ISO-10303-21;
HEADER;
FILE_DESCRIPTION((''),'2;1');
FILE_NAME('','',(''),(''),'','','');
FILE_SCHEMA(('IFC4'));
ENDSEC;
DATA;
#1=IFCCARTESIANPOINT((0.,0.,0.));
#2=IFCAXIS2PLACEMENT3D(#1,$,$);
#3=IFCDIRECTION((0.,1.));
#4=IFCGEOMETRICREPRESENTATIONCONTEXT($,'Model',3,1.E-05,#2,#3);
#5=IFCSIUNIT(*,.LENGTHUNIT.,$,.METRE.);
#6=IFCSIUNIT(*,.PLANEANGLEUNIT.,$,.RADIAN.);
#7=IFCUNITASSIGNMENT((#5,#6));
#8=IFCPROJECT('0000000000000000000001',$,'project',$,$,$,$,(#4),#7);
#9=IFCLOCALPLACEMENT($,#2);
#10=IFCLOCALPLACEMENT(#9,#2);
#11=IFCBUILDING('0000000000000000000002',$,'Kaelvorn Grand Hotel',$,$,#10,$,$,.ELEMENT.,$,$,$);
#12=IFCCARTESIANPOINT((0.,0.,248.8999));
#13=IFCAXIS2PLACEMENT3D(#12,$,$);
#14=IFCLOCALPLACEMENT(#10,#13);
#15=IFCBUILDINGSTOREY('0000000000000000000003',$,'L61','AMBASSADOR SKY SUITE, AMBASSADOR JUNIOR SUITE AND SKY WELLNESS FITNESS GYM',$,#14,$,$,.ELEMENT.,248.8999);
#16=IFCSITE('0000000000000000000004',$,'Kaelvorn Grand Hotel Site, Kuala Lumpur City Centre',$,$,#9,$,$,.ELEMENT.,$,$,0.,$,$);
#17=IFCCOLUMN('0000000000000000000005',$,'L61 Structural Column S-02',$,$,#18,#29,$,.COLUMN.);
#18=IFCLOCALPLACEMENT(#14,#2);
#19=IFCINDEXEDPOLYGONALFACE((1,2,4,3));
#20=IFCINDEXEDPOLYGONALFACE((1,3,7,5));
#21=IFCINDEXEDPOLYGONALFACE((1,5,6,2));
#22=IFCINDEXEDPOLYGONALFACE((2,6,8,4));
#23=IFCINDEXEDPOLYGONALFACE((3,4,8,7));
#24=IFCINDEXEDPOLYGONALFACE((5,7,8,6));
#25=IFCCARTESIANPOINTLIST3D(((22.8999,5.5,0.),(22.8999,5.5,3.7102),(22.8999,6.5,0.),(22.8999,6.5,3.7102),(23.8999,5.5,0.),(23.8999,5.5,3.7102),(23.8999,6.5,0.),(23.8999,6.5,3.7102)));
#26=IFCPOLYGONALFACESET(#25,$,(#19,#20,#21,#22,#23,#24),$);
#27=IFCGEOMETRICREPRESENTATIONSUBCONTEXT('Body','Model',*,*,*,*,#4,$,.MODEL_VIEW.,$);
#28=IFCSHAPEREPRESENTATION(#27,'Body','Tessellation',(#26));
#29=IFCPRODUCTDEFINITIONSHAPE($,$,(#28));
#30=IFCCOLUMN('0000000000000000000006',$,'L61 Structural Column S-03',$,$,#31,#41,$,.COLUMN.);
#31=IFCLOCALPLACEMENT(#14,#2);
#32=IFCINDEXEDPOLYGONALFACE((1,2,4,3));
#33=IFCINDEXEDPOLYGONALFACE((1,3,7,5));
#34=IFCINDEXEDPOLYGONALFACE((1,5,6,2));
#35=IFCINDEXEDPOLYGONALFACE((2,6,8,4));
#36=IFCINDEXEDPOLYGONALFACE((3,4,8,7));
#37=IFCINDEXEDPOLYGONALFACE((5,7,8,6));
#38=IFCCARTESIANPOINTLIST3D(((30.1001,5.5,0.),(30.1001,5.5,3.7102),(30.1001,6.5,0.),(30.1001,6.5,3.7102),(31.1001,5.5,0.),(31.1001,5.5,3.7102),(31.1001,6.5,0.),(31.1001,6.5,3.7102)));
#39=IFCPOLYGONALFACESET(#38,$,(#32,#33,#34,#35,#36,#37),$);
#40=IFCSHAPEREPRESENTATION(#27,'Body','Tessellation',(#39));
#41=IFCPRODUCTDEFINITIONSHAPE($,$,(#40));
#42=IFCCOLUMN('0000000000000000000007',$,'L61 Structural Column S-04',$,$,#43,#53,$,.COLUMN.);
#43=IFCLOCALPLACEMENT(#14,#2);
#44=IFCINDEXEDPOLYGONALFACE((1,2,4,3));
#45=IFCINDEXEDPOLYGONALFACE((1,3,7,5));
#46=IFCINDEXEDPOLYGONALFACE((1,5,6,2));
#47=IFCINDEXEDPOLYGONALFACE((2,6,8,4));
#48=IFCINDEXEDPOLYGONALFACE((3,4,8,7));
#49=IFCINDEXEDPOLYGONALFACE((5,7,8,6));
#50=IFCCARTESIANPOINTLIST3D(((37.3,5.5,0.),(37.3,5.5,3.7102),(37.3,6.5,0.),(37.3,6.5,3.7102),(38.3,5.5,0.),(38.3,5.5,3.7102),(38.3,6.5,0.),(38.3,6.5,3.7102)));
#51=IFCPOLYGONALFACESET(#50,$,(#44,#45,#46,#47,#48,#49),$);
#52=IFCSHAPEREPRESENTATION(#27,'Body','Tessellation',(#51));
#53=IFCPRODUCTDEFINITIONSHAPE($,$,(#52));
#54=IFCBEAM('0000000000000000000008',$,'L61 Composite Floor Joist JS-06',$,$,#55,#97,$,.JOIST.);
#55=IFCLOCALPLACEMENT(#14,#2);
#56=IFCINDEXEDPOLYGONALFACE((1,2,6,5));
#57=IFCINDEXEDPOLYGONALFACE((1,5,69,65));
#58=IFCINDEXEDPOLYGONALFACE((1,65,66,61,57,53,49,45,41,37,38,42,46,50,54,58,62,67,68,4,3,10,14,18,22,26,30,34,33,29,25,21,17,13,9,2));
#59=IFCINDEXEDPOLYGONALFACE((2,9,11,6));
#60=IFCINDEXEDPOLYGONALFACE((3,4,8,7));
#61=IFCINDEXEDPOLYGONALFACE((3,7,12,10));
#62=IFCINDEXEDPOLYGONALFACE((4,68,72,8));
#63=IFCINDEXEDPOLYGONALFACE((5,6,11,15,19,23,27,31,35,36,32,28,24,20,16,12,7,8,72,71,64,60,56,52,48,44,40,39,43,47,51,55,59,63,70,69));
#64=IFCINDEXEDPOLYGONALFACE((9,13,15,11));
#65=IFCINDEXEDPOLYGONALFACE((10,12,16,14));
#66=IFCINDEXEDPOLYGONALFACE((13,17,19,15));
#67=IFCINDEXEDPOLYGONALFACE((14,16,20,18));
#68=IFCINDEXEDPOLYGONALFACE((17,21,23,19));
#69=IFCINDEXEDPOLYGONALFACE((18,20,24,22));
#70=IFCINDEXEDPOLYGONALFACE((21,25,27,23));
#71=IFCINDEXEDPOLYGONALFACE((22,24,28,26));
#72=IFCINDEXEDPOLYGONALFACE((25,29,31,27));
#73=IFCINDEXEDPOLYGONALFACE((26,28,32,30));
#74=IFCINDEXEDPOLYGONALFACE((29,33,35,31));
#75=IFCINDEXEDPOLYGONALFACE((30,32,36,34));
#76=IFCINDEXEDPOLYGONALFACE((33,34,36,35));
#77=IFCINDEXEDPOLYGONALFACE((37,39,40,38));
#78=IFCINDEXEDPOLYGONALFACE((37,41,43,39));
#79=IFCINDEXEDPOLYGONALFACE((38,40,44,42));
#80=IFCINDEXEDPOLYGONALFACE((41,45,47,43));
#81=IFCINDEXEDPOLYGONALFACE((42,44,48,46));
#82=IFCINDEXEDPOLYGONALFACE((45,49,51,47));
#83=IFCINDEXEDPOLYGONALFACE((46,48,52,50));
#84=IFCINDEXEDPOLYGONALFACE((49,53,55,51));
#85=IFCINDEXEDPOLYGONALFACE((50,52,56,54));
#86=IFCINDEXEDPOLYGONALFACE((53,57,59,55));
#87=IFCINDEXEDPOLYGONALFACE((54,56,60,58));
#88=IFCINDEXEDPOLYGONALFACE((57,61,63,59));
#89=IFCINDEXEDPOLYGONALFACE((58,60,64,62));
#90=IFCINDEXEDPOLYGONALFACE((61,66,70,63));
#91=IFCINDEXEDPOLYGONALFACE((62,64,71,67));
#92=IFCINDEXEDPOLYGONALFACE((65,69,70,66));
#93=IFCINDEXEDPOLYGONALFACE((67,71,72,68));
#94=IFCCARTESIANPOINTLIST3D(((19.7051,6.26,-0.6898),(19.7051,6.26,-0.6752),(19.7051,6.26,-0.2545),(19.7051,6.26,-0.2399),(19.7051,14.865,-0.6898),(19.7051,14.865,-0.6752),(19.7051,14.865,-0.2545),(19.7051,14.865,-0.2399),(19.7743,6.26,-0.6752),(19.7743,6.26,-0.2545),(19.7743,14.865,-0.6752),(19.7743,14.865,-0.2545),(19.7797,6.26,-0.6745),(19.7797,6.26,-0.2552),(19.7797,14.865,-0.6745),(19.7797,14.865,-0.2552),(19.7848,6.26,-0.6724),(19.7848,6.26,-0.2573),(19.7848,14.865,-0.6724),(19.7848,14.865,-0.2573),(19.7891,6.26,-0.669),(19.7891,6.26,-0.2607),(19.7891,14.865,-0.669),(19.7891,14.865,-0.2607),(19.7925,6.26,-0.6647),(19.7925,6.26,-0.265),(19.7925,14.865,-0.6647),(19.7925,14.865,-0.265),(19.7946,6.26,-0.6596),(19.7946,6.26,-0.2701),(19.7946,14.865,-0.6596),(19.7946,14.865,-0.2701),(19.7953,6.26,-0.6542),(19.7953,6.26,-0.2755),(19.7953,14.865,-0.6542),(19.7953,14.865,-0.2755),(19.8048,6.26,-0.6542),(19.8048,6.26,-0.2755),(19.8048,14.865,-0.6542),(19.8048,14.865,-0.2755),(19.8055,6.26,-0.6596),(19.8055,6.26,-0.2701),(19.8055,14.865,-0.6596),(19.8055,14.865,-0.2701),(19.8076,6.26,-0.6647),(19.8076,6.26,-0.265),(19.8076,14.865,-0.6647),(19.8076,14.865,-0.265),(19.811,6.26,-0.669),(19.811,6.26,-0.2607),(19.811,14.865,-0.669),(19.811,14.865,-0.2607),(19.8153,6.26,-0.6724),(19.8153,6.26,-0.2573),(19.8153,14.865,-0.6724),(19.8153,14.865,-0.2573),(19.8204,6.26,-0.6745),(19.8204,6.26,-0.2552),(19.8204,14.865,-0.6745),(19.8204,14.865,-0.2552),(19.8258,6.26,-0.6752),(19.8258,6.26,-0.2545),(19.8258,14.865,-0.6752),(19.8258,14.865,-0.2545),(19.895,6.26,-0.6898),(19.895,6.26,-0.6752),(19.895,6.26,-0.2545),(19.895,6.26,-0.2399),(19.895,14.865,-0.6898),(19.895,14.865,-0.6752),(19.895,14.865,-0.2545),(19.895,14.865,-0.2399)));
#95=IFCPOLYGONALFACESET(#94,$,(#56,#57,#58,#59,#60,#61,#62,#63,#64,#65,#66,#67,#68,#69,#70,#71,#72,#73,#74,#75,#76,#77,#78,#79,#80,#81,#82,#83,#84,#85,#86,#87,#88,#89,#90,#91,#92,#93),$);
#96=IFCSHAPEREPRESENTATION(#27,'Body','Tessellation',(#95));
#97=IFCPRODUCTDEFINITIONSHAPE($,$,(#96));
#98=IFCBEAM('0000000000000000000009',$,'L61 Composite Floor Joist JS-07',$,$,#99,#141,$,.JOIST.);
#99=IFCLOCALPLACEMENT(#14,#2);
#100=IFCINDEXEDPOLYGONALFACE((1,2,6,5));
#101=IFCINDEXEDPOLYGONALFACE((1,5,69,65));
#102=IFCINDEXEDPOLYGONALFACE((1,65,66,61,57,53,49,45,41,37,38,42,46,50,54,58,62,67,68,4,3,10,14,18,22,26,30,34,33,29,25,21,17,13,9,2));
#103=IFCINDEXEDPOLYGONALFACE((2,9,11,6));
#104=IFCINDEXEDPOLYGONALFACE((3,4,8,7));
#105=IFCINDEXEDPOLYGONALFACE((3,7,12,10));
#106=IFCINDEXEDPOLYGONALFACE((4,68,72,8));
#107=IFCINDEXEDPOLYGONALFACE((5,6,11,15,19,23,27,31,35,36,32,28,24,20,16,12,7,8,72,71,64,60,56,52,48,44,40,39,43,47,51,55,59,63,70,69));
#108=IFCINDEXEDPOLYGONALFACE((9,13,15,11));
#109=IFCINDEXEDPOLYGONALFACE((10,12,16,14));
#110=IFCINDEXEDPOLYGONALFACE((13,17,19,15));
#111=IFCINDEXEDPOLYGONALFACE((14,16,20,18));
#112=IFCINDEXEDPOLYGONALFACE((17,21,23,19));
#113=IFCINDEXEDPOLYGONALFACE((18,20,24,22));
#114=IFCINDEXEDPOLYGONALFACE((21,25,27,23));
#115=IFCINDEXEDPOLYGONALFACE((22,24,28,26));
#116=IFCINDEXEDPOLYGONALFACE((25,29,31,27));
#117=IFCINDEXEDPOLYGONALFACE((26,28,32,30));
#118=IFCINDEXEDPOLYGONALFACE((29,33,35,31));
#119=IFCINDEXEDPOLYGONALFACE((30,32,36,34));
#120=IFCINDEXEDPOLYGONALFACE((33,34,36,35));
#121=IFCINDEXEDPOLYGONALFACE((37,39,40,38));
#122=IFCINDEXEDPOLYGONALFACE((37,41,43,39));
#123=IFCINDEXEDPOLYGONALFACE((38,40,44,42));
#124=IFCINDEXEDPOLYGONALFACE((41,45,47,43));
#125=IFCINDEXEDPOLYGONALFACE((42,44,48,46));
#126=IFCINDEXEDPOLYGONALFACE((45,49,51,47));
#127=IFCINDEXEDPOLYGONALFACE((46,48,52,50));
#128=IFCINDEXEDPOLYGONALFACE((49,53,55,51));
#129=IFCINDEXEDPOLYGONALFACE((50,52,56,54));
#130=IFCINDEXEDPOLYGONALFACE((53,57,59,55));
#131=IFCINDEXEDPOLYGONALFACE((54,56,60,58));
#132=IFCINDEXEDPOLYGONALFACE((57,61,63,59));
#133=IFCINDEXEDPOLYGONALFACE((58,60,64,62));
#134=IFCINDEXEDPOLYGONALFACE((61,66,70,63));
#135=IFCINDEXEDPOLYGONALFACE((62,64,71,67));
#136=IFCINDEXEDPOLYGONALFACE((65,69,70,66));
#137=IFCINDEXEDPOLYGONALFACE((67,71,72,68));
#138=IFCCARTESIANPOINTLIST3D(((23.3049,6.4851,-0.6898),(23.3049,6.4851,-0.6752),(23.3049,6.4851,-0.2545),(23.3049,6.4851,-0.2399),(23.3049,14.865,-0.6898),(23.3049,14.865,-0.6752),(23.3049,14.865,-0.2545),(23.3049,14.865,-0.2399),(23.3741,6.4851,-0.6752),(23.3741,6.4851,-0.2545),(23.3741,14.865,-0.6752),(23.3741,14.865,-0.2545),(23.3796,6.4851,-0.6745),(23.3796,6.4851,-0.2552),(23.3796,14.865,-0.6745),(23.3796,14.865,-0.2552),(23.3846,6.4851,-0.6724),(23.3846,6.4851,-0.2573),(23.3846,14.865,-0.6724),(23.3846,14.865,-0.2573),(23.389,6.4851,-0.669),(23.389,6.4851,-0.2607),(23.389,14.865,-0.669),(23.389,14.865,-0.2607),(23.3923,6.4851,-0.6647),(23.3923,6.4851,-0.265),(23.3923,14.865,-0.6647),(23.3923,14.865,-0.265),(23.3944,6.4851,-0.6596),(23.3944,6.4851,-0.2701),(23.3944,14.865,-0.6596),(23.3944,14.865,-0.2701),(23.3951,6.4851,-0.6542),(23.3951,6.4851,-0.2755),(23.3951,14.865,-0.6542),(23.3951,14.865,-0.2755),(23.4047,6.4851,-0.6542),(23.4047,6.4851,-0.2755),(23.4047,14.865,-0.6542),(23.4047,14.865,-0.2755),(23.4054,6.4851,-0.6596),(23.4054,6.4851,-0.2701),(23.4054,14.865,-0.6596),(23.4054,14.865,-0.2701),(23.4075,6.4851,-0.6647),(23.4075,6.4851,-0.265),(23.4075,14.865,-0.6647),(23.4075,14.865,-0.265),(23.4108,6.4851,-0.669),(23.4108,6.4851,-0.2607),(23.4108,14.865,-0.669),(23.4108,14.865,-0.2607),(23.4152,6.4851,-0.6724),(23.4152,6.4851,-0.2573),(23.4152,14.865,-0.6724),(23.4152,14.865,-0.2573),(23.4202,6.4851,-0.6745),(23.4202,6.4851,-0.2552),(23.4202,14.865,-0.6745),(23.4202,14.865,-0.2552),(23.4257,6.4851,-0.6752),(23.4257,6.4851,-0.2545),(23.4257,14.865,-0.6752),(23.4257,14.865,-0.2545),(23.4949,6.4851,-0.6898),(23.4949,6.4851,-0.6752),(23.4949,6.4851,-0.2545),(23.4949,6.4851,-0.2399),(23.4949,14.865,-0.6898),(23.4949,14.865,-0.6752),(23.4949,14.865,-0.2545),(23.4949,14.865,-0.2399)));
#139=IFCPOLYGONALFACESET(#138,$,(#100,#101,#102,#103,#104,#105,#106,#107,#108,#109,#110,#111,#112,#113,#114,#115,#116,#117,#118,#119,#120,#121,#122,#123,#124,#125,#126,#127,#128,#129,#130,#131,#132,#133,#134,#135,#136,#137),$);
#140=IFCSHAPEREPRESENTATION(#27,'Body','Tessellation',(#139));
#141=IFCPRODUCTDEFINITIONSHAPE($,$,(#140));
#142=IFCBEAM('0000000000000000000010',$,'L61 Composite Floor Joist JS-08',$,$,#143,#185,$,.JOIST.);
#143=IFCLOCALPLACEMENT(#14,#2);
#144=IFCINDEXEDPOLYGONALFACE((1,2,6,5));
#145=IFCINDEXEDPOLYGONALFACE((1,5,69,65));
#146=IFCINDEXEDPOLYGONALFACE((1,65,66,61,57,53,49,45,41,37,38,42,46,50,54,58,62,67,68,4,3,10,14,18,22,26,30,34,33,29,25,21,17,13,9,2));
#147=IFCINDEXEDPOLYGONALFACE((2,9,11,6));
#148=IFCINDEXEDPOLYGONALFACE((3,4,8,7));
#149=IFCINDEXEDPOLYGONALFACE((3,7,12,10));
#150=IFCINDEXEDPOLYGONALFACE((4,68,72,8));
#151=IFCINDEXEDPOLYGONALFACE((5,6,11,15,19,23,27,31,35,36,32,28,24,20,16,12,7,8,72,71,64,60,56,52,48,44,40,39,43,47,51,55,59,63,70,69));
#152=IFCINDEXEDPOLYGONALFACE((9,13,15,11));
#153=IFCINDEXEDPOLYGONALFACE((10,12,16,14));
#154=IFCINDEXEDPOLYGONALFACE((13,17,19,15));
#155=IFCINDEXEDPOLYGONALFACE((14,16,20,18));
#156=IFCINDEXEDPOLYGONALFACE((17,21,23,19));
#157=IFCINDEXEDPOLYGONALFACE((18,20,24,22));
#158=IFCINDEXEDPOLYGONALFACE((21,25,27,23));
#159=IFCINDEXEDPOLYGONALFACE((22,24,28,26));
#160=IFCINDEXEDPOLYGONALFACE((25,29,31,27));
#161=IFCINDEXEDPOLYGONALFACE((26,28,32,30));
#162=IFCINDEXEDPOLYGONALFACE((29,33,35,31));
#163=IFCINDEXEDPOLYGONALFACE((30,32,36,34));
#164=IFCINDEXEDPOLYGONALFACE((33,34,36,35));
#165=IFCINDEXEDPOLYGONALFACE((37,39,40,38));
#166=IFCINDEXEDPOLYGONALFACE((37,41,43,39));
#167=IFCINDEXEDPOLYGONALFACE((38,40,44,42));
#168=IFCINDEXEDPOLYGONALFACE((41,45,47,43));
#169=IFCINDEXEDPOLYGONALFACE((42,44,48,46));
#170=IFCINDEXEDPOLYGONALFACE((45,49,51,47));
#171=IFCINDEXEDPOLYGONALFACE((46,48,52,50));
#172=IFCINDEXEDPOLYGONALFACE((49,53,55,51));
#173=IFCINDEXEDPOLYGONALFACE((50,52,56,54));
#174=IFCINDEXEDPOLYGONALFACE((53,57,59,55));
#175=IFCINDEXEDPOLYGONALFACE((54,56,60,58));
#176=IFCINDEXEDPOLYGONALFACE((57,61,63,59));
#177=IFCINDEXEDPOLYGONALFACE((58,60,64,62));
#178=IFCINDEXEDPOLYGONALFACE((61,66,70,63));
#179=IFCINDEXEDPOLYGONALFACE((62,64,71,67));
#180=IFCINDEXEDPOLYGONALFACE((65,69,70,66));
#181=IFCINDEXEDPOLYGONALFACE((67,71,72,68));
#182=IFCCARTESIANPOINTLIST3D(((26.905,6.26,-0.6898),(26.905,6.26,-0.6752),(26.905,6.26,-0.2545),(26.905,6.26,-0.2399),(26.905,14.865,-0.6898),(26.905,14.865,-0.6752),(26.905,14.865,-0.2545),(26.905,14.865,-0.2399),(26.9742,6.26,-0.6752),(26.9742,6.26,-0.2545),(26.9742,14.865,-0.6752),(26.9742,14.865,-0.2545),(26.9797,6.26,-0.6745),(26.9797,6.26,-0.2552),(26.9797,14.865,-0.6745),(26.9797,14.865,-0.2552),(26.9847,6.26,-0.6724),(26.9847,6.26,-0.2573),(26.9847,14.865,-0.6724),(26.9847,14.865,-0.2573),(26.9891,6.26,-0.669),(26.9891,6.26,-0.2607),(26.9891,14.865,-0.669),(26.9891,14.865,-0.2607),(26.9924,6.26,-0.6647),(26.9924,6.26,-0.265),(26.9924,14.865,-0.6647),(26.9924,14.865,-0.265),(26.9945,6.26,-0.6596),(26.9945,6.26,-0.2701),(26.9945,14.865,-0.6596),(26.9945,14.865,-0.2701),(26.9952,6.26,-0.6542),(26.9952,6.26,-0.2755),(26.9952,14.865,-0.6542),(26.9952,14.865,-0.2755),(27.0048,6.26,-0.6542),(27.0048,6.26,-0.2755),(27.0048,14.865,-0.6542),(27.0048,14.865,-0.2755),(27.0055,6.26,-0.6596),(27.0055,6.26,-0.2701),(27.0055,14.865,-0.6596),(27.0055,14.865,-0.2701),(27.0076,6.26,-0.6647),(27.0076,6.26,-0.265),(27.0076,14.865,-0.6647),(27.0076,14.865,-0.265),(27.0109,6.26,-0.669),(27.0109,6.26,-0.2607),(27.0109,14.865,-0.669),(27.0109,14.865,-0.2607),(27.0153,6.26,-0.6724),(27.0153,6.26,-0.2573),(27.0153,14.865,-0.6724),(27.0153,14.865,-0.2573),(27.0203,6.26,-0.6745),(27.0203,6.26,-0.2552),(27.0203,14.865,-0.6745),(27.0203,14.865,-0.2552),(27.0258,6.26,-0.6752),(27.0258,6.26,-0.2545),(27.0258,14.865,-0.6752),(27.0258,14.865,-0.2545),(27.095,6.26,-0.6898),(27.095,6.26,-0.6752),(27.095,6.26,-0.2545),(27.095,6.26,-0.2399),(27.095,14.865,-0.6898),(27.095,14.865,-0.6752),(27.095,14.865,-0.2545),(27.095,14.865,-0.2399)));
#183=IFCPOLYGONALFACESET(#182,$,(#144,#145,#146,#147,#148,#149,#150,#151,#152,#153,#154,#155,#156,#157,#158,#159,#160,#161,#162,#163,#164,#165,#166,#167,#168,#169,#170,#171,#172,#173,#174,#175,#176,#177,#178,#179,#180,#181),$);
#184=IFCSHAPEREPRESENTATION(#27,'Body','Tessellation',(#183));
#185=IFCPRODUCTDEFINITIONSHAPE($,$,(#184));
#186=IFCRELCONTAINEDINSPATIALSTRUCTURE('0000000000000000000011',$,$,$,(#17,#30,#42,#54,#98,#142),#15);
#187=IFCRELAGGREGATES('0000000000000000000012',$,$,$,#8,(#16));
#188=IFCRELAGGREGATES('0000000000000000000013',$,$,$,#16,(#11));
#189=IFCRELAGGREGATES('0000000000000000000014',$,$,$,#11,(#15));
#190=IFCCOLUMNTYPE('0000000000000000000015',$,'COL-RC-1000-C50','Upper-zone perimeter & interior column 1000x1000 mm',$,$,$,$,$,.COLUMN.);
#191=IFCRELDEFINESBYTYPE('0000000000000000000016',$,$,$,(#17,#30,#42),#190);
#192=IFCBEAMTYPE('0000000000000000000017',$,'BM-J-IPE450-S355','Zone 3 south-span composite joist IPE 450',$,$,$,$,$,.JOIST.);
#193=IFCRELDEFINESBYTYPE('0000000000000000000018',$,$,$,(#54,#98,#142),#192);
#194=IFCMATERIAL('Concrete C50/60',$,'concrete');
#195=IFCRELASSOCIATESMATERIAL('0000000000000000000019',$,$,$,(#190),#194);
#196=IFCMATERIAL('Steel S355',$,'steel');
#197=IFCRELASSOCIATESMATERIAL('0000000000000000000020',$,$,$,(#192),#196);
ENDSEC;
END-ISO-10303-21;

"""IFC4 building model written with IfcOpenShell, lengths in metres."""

from ifc_helpers import new_model, si_unit, direction, frame, origin, origin_2d, place, context, subcontext, project, spatial, rectangle, i_section, extrude, material, material_profile, profile_set, type_object, element, save


model = new_model("IFC4")

# Units and contexts
model_context = context("Model", 3, precision=1e-05, world=origin(), true_north=direction((0.0, 1.0)))
body_context = subcontext(model_context, "Body", "Model", "MODEL_VIEW")
ifc_project = project(units=[si_unit("LENGTHUNIT", "METRE"), si_unit("PLANEANGLEUNIT", "RADIAN")], contexts=[model_context])

# Site, building, storey
site_placement = place(None, origin())
site = spatial("IfcSite", under=ifc_project, at=site_placement, Name="Kaelvorn Grand Hotel Site, Kuala Lumpur City Centre", CompositionType="ELEMENT", RefElevation=0.0)
building_placement = place(site_placement, origin())
building = spatial("IfcBuilding", under=site, at=building_placement, Name="Kaelvorn Grand Hotel", CompositionType="ELEMENT")
storey_placement = place(building_placement, frame((0.0, 0.0, 248.8999)))
storey = spatial("IfcBuildingStorey", under=building, at=storey_placement, Name="L61", Description="AMBASSADOR SKY SUITE, AMBASSADOR JUNIOR SUITE AND SKY WELLNESS FITNESS GYM", CompositionType="ELEMENT", Elevation=248.8999)

# Columns
ifc_material_1 = material(Name="Concrete C50/60", Category="concrete")
ifc_material_profile_1 = material_profile(ifc_material_1, rectangle(XDim=1.0, YDim=1.0, at=origin_2d()), Name="RC COL 1000x1000")
ifc_profile_set_1 = profile_set([ifc_material_profile_1], Name="Concrete C50/60")
column_type = type_object("IfcColumnType", Name="COL-RC-1000-C50", Description="Upper-zone perimeter & interior column 1000x1000 mm", PredefinedType="COLUMN", material=ifc_profile_set_1)
for number, where, z_axis, x_axis, name in (
    (1, (23.3999, 6.0, 0.0), (0.0, 0.0, 1.0), (1.0, 0.0, 0.0), "L61 Structural Column S-02"),
    (2, (30.6001, 6.0, 0.0), (0.0, 0.0, 1.0), (1.0, 0.0, 0.0), "L61 Structural Column S-03"),
    (3, (37.8, 6.0, 0.0), (0.0, 0.0, 1.0), (1.0, 0.0, 0.0), "L61 Structural Column S-04"),
):
    element("IfcColumn", number, at=place(storey_placement, frame(where, z_axis=z_axis, x_axis=x_axis)), inside=storey, type_object=column_type, Name=name, PredefinedType="COLUMN", context=body_context, shape_type="SweptSolid", body=[
        extrude(rectangle(XDim=1.0, YDim=1.0, at=origin_2d()), origin(), (0.0, 0.0, 1.0), 3.7102),
    ])

# Beams
ifc_material_2 = material(Name="Steel S355", Category="steel")
ifc_material_profile_2 = material_profile(ifc_material_2, i_section(OverallWidth=0.1899, OverallDepth=0.45, WebThickness=0.0095, FlangeThickness=0.0146, FilletRadius=0.021, at=origin_2d()), Name="IPE 450")
ifc_profile_set_2 = profile_set([ifc_material_profile_2], Name="Steel S355")
beam_type_1 = type_object("IfcBeamType", Name="BM-J-IPE450-S355", Description="Zone 3 south-span composite joist IPE 450", PredefinedType="JOIST", material=ifc_profile_set_2)
beam_1_placement = place(storey_placement, frame((19.8, 6.26, -0.4648), z_axis=(0.0, 1.0, 0.0), x_axis=(-1.0, 0.0, 0.0)))
element("IfcBeam", 4, at=beam_1_placement, inside=storey, type_object=beam_type_1, Name="L61 Composite Floor Joist JS-06", PredefinedType="JOIST", context=body_context, shape_type="SweptSolid", body=[
    extrude(i_section(OverallWidth=0.1899, OverallDepth=0.45, WebThickness=0.0095, FlangeThickness=0.0146, FilletRadius=0.021, at=origin_2d()), origin(), (0.0, 0.0, 1.0), 8.605),
])
beam_2_placement = place(storey_placement, frame((23.3999, 6.4851, -0.4648), z_axis=(0.0, 1.0, 0.0), x_axis=(-1.0, 0.0, 0.0)))
element("IfcBeam", 5, at=beam_2_placement, inside=storey, type_object=beam_type_1, Name="L61 Composite Floor Joist JS-07", PredefinedType="JOIST", context=body_context, shape_type="SweptSolid", body=[
    extrude(i_section(OverallWidth=0.1899, OverallDepth=0.45, WebThickness=0.0095, FlangeThickness=0.0146, FilletRadius=0.021, at=origin_2d()), origin(), (0.0, 0.0, 1.0), 8.3799),
])
beam_3_placement = place(storey_placement, frame((27.0, 6.26, -0.4648), z_axis=(0.0, 1.0, 0.0), x_axis=(-1.0, 0.0, 0.0)))
element("IfcBeam", 6, at=beam_3_placement, inside=storey, type_object=beam_type_1, Name="L61 Composite Floor Joist JS-08", PredefinedType="JOIST", context=body_context, shape_type="SweptSolid", body=[
    extrude(i_section(OverallWidth=0.1899, OverallDepth=0.45, WebThickness=0.0095, FlangeThickness=0.0146, FilletRadius=0.021, at=origin_2d()), origin(), (0.0, 0.0, 1.0), 8.605),
])

save(model, "model.ifc")
